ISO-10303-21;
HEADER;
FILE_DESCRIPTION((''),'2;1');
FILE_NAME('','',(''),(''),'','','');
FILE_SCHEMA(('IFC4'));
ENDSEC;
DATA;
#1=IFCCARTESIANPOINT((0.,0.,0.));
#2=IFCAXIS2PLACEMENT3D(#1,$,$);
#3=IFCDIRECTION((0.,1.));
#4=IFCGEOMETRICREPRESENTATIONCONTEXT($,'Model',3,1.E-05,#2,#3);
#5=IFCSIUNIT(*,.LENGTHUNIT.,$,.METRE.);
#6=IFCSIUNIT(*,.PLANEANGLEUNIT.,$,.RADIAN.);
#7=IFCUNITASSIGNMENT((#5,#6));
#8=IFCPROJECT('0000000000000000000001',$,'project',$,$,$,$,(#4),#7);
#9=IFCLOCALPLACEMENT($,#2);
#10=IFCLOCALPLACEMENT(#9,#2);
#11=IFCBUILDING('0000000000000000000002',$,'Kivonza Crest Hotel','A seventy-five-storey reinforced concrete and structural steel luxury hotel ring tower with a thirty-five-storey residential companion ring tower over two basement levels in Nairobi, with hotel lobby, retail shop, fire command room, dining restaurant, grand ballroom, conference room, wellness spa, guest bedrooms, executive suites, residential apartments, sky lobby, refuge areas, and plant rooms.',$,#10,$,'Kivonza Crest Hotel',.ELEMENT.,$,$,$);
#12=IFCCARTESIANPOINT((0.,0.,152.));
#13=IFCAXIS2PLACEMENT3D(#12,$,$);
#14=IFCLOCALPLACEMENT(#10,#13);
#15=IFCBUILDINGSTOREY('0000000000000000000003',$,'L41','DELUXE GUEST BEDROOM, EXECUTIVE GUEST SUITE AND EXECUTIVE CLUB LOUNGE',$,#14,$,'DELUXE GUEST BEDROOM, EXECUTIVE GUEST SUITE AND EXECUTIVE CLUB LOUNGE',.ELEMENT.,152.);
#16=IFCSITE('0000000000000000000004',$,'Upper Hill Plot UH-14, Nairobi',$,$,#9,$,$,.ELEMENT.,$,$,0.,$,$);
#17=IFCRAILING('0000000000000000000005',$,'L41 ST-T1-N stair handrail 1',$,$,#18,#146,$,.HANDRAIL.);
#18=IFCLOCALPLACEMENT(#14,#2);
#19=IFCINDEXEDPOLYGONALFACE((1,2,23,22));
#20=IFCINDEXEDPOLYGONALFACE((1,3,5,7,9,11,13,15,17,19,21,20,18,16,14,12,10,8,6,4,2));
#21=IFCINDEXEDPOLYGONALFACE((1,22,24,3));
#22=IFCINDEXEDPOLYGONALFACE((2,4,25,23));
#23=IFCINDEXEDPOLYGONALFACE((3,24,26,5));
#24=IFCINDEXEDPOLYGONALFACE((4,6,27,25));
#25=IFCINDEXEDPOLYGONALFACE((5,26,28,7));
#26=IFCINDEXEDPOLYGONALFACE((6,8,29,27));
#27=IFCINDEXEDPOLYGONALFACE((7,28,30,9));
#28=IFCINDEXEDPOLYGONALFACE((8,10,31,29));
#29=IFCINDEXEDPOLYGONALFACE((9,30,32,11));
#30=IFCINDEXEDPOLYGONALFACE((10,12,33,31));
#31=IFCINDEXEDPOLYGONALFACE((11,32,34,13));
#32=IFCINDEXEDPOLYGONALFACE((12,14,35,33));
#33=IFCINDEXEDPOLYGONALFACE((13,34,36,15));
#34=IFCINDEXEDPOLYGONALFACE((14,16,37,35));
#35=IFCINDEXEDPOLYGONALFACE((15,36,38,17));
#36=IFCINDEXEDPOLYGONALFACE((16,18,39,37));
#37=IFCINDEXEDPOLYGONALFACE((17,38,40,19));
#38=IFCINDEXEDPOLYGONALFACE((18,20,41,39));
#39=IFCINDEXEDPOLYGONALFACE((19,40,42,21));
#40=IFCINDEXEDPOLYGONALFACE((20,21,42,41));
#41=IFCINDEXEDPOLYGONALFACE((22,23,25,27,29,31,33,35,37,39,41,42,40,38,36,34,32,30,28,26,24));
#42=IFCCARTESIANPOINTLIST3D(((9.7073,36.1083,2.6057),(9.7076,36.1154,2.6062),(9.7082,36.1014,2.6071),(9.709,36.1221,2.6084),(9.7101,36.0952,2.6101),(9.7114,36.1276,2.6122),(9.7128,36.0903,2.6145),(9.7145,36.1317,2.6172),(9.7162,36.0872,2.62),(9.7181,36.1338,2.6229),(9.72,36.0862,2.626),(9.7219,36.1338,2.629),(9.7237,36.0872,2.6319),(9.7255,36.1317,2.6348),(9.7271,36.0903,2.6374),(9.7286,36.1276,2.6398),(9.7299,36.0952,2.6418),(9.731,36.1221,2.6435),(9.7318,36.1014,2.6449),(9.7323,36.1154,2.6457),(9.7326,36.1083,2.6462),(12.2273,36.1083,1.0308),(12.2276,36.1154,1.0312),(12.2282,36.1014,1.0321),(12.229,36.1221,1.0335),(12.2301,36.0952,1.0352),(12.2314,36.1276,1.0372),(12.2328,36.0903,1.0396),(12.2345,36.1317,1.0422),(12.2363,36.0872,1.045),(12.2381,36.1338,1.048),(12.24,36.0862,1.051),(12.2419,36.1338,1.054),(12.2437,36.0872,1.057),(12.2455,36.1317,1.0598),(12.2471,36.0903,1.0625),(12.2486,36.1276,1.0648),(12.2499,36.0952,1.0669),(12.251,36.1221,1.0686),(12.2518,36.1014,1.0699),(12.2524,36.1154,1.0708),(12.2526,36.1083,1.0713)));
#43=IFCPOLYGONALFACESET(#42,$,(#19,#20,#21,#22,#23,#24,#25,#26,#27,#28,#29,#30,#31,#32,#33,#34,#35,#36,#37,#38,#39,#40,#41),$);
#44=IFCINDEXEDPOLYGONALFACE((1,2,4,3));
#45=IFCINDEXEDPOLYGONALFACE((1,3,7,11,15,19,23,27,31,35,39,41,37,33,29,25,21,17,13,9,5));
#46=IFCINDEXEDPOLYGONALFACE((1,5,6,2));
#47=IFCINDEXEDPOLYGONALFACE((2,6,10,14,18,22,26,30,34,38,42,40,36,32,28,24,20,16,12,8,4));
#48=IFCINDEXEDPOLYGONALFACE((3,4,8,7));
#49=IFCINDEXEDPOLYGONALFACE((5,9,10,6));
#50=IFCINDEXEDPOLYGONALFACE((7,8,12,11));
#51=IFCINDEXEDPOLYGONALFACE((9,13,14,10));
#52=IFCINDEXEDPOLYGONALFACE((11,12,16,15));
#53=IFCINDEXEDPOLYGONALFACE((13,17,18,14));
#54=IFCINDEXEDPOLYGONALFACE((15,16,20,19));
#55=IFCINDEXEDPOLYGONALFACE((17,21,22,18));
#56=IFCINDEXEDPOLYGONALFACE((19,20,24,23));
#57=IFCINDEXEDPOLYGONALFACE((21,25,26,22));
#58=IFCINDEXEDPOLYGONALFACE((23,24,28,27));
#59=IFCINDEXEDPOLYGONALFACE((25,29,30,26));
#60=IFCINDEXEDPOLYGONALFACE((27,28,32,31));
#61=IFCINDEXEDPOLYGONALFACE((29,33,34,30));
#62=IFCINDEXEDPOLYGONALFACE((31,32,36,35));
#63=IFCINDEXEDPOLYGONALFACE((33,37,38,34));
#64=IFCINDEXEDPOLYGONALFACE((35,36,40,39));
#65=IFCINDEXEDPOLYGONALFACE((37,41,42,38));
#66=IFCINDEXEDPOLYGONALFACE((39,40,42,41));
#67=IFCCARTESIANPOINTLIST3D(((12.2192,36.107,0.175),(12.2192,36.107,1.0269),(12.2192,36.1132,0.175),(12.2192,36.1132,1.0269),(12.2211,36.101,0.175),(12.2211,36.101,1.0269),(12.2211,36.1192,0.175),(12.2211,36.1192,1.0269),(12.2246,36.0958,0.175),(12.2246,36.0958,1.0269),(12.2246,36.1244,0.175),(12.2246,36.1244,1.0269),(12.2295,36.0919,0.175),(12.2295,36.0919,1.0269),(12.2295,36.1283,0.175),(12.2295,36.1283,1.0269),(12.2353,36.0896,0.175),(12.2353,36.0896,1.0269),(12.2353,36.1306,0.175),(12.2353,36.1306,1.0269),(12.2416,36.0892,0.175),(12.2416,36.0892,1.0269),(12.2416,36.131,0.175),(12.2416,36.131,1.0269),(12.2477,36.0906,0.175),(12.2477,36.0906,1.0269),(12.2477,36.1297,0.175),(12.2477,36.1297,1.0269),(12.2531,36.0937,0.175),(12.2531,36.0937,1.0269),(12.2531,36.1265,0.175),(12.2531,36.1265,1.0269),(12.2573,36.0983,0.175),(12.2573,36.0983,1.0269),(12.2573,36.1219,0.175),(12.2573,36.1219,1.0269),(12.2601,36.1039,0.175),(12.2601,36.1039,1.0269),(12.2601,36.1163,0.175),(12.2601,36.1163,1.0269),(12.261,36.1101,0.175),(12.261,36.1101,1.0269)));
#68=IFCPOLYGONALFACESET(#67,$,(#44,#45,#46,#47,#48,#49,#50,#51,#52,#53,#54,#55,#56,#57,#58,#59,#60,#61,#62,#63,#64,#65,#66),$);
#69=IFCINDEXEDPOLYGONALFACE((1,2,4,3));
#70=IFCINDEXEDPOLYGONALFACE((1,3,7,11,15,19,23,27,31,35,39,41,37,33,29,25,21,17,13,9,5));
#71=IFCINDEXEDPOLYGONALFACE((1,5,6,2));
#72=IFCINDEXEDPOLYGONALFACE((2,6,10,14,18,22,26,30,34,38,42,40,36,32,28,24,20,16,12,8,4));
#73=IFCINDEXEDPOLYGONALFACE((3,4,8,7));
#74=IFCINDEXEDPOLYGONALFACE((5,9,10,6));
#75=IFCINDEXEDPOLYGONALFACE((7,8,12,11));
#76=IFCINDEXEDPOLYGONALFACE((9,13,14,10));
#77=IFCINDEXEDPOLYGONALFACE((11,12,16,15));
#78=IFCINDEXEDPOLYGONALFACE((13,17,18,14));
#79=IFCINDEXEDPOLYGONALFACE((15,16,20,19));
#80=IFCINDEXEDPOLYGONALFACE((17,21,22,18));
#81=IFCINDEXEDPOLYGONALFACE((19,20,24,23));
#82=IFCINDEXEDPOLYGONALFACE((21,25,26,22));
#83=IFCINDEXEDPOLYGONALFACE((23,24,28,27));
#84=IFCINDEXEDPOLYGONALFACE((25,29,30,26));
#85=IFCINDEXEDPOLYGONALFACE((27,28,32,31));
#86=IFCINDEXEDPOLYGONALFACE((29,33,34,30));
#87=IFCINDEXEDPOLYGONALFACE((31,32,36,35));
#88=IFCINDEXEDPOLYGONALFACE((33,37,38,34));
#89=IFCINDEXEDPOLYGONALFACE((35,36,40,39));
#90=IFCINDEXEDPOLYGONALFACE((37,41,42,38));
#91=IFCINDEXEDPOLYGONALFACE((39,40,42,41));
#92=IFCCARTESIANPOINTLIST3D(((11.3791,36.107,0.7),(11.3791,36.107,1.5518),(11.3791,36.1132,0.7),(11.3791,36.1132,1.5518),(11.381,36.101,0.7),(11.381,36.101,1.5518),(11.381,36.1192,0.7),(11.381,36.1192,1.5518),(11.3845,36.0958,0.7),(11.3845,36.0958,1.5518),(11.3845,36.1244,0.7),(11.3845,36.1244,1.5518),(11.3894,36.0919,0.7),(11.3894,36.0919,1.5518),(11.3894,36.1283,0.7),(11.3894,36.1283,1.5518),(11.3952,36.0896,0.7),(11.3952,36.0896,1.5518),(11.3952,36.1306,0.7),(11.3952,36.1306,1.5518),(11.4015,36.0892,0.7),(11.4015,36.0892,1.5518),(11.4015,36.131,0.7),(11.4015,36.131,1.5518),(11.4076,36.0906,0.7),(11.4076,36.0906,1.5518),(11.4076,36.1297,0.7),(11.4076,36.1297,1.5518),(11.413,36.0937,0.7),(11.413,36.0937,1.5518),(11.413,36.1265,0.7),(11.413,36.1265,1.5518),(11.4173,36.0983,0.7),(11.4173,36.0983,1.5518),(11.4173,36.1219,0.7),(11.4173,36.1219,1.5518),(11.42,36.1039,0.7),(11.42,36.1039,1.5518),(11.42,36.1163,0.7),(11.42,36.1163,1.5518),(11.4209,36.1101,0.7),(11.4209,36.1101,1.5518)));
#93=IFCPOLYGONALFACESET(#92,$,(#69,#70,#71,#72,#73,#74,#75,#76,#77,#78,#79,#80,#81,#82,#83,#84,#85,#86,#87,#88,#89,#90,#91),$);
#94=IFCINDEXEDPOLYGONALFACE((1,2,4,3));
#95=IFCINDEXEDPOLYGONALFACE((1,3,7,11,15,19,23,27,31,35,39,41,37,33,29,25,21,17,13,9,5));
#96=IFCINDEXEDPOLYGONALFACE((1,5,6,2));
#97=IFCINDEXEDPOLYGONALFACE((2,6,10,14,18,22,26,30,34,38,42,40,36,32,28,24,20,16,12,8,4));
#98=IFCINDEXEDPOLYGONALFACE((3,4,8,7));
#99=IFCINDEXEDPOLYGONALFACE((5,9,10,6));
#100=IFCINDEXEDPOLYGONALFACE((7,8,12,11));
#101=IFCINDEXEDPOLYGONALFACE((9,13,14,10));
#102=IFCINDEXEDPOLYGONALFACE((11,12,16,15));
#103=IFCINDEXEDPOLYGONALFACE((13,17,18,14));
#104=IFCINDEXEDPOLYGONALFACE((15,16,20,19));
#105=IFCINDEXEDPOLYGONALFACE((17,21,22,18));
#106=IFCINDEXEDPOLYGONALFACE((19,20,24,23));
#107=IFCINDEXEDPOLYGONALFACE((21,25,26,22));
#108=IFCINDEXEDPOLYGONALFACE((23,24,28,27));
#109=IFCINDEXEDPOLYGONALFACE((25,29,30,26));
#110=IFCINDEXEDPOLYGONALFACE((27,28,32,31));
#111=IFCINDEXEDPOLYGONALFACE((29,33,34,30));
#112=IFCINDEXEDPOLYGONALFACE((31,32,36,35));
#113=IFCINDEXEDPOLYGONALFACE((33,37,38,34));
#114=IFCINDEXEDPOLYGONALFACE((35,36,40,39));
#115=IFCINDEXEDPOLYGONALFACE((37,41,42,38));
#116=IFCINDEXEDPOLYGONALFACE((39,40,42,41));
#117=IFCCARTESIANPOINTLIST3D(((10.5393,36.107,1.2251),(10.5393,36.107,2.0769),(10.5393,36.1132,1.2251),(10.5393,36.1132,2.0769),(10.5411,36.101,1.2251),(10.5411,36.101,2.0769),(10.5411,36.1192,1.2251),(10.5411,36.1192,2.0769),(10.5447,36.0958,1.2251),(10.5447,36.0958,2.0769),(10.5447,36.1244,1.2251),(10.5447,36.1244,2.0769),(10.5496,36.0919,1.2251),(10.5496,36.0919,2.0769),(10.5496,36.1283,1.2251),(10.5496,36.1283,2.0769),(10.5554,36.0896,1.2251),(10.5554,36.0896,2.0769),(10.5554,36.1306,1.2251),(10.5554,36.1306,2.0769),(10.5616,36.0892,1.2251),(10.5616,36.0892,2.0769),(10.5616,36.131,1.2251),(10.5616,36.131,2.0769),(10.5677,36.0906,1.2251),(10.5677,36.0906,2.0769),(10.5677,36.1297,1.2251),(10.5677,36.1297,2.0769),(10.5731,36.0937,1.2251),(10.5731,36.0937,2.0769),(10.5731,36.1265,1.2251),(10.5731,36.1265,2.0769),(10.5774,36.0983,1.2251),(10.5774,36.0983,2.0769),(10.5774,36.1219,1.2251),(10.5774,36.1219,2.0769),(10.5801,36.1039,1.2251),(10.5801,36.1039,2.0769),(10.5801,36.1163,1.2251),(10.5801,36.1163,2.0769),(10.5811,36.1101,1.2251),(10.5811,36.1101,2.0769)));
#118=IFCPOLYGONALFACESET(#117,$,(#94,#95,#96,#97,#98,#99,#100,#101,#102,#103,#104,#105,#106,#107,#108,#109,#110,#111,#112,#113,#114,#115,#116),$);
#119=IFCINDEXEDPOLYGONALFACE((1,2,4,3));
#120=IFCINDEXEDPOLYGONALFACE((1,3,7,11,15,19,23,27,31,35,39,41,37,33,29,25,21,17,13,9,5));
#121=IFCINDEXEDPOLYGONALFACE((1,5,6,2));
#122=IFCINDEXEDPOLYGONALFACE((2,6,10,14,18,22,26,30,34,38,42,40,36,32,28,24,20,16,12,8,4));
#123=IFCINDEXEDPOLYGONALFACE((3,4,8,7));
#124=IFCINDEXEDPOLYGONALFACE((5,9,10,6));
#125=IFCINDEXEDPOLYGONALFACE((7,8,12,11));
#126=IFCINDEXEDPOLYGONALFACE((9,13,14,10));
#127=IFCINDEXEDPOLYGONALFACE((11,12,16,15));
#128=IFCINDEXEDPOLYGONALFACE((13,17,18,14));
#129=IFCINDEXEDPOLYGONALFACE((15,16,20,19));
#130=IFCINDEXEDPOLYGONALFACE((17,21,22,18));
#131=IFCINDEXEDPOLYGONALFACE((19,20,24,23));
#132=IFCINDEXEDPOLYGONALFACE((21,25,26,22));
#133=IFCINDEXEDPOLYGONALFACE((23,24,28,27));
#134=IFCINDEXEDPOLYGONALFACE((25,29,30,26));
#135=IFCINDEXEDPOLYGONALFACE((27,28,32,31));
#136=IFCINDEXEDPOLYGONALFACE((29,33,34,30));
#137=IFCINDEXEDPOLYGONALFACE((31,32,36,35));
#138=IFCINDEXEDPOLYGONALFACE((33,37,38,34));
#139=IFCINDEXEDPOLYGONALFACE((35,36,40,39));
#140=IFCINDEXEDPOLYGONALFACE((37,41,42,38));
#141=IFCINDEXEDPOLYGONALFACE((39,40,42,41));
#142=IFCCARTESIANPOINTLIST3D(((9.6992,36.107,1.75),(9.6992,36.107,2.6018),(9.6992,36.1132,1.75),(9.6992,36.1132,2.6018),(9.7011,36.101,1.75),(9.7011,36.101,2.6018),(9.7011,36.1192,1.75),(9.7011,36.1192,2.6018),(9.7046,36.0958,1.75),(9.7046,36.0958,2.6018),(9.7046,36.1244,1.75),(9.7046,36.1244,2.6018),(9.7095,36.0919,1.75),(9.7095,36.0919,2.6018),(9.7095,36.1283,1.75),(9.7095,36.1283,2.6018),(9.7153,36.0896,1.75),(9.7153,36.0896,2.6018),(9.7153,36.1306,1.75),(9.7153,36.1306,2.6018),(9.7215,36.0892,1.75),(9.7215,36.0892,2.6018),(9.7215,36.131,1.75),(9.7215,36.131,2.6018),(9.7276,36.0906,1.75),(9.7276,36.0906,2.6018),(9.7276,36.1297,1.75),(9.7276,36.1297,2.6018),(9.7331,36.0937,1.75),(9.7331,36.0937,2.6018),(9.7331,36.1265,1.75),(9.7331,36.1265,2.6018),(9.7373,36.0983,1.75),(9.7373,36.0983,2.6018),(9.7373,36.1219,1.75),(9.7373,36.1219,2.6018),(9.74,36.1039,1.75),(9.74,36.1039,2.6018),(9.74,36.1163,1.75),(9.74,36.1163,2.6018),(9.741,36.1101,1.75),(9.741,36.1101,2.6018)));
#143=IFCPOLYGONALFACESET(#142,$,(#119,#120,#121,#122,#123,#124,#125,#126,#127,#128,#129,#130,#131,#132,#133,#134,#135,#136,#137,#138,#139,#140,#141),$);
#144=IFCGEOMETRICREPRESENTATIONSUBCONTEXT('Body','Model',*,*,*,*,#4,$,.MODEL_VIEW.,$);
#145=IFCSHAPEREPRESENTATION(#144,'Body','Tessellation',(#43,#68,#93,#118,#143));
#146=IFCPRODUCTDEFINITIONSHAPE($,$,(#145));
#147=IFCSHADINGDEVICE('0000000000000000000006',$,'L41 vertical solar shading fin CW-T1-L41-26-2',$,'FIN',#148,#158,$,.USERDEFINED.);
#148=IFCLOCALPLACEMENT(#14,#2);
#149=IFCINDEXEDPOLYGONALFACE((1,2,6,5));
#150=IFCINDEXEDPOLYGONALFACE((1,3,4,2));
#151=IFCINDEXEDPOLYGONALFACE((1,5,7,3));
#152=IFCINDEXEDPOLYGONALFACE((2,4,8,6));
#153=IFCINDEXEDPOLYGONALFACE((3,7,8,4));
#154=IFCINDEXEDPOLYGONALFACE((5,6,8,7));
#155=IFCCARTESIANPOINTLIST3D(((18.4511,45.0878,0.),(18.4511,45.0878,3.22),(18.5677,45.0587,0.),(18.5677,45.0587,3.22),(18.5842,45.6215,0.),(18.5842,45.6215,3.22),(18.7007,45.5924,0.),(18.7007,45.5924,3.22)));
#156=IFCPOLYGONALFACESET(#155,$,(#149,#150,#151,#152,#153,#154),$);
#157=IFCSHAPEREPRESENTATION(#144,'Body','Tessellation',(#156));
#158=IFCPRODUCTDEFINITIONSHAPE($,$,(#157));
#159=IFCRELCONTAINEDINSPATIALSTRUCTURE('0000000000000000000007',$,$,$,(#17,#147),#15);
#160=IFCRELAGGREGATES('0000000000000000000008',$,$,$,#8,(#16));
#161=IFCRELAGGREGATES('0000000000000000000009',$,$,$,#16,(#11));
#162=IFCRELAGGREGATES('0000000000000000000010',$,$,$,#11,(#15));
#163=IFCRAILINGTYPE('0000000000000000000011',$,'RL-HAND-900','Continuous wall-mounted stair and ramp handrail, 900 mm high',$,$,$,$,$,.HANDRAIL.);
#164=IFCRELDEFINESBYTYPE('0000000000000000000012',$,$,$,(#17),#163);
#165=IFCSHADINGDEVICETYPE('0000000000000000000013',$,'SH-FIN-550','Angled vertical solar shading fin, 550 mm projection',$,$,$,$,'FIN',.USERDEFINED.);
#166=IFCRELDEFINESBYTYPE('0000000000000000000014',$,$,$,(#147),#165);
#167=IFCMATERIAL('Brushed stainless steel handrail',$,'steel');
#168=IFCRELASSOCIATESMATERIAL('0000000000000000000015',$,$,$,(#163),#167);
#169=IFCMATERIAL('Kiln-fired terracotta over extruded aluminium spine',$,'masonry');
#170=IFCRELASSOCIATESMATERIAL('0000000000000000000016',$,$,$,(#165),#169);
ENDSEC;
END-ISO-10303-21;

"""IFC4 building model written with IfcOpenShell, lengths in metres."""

from ifc_helpers import new_model, si_unit, direction, frame, origin, origin_2d, place, context, subcontext, project, spatial, rectangle, circle, extrude, material, type_object, element, save


model = new_model("IFC4")

# Units and contexts
model_context = context("Model", 3, precision=1e-05, world=origin(), true_north=direction((0.0, 1.0)))
body_context = subcontext(model_context, "Body", "Model", "MODEL_VIEW")
ifc_project = project(units=[si_unit("LENGTHUNIT", "METRE"), si_unit("PLANEANGLEUNIT", "RADIAN")], contexts=[model_context])

# Site, building, storey
site_placement = place(None, origin())
site = spatial("IfcSite", under=ifc_project, at=site_placement, Name="Upper Hill Plot UH-14, Nairobi", CompositionType="ELEMENT", RefElevation=0.0)
building_placement = place(site_placement, origin())
building = spatial("IfcBuilding", under=site, at=building_placement, Name="Kivonza Crest Hotel", Description="A seventy-five-storey reinforced concrete and structural steel luxury hotel ring tower with a thirty-five-storey residential companion ring tower over two basement levels in Nairobi, with hotel lobby, retail shop, fire command room, dining restaurant, grand ballroom, conference room, wellness spa, guest bedrooms, executive suites, residential apartments, sky lobby, refuge areas, and plant rooms.", LongName="Kivonza Crest Hotel", CompositionType="ELEMENT")
storey_placement = place(building_placement, frame((0.0, 0.0, 152.0)))
storey = spatial("IfcBuildingStorey", under=building, at=storey_placement, Name="L41", Description="DELUXE GUEST BEDROOM, EXECUTIVE GUEST SUITE AND EXECUTIVE CLUB LOUNGE", LongName="DELUXE GUEST BEDROOM, EXECUTIVE GUEST SUITE AND EXECUTIVE CLUB LOUNGE", CompositionType="ELEMENT", Elevation=152.0)

# Railing
ifc_material_1 = material(Name="Brushed stainless steel handrail", Category="steel")
railing_type = type_object("IfcRailingType", Name="RL-HAND-900", Description="Continuous wall-mounted stair and ramp handrail, 900 mm high", PredefinedType="HANDRAIL", material=ifc_material_1)
railing_placement = place(storey_placement, frame((12.24, 36.1101, 0.175)))
element("IfcRailing", 1, at=railing_placement, inside=storey, type_object=railing_type, Name="L41 ST-T1-N stair handrail 1", PredefinedType="HANDRAIL", context=body_context, shape_type="SweptSolid", body=[
    extrude(circle(Radius=0.0239, at=origin_2d()), frame((0.0, 0.0, 0.876), z_axis=(-0.848008, 0.0, 0.529984), x_axis=(0.0, -1.0, 0.0)), (0.0, 0.0, 1.0), 2.9717),
    extrude(circle(Radius=0.021, at=origin_2d()), origin(), (0.0, 0.0, 1.0), 0.8518),
    extrude(circle(Radius=0.021, at=origin_2d()), frame((-0.8401, 0.0, 0.5249)), (0.0, 0.0, 1.0), 0.8518),
    extrude(circle(Radius=0.021, at=origin_2d()), frame((-1.6799, 0.0, 1.05)), (0.0, 0.0, 1.0), 0.8518),
    extrude(circle(Radius=0.021, at=origin_2d()), frame((-2.52, 0.0, 1.575)), (0.0, 0.0, 1.0), 0.8518),
])

# Shading device
ifc_material_2 = material(Name="Kiln-fired terracotta over extruded aluminium spine", Category="masonry")
shading_device_type = type_object("IfcShadingDeviceType", Name="SH-FIN-550", Description="Angled vertical solar shading fin, 550 mm projection", ElementType="FIN", PredefinedType="USERDEFINED", material=ifc_material_2)
shading_device_placement = place(storey_placement, frame((18.5759, 45.3401, 0.0), z_axis=(0.0, 0.0, 1.0), x_axis=(-0.970296, 0.241922, 0.0)))
element("IfcShadingDevice", 2, at=shading_device_placement, inside=storey, type_object=shading_device_type, Name="L41 vertical solar shading fin CW-T1-L41-26-2", ObjectType="FIN", PredefinedType="USERDEFINED", context=body_context, shape_type="SweptSolid", body=[
    extrude(rectangle(XDim=0.1201, YDim=0.55, at=origin_2d()), origin(), (0.0, 0.0, 1.0), 3.22),
])

save(model, "model.ifc")
